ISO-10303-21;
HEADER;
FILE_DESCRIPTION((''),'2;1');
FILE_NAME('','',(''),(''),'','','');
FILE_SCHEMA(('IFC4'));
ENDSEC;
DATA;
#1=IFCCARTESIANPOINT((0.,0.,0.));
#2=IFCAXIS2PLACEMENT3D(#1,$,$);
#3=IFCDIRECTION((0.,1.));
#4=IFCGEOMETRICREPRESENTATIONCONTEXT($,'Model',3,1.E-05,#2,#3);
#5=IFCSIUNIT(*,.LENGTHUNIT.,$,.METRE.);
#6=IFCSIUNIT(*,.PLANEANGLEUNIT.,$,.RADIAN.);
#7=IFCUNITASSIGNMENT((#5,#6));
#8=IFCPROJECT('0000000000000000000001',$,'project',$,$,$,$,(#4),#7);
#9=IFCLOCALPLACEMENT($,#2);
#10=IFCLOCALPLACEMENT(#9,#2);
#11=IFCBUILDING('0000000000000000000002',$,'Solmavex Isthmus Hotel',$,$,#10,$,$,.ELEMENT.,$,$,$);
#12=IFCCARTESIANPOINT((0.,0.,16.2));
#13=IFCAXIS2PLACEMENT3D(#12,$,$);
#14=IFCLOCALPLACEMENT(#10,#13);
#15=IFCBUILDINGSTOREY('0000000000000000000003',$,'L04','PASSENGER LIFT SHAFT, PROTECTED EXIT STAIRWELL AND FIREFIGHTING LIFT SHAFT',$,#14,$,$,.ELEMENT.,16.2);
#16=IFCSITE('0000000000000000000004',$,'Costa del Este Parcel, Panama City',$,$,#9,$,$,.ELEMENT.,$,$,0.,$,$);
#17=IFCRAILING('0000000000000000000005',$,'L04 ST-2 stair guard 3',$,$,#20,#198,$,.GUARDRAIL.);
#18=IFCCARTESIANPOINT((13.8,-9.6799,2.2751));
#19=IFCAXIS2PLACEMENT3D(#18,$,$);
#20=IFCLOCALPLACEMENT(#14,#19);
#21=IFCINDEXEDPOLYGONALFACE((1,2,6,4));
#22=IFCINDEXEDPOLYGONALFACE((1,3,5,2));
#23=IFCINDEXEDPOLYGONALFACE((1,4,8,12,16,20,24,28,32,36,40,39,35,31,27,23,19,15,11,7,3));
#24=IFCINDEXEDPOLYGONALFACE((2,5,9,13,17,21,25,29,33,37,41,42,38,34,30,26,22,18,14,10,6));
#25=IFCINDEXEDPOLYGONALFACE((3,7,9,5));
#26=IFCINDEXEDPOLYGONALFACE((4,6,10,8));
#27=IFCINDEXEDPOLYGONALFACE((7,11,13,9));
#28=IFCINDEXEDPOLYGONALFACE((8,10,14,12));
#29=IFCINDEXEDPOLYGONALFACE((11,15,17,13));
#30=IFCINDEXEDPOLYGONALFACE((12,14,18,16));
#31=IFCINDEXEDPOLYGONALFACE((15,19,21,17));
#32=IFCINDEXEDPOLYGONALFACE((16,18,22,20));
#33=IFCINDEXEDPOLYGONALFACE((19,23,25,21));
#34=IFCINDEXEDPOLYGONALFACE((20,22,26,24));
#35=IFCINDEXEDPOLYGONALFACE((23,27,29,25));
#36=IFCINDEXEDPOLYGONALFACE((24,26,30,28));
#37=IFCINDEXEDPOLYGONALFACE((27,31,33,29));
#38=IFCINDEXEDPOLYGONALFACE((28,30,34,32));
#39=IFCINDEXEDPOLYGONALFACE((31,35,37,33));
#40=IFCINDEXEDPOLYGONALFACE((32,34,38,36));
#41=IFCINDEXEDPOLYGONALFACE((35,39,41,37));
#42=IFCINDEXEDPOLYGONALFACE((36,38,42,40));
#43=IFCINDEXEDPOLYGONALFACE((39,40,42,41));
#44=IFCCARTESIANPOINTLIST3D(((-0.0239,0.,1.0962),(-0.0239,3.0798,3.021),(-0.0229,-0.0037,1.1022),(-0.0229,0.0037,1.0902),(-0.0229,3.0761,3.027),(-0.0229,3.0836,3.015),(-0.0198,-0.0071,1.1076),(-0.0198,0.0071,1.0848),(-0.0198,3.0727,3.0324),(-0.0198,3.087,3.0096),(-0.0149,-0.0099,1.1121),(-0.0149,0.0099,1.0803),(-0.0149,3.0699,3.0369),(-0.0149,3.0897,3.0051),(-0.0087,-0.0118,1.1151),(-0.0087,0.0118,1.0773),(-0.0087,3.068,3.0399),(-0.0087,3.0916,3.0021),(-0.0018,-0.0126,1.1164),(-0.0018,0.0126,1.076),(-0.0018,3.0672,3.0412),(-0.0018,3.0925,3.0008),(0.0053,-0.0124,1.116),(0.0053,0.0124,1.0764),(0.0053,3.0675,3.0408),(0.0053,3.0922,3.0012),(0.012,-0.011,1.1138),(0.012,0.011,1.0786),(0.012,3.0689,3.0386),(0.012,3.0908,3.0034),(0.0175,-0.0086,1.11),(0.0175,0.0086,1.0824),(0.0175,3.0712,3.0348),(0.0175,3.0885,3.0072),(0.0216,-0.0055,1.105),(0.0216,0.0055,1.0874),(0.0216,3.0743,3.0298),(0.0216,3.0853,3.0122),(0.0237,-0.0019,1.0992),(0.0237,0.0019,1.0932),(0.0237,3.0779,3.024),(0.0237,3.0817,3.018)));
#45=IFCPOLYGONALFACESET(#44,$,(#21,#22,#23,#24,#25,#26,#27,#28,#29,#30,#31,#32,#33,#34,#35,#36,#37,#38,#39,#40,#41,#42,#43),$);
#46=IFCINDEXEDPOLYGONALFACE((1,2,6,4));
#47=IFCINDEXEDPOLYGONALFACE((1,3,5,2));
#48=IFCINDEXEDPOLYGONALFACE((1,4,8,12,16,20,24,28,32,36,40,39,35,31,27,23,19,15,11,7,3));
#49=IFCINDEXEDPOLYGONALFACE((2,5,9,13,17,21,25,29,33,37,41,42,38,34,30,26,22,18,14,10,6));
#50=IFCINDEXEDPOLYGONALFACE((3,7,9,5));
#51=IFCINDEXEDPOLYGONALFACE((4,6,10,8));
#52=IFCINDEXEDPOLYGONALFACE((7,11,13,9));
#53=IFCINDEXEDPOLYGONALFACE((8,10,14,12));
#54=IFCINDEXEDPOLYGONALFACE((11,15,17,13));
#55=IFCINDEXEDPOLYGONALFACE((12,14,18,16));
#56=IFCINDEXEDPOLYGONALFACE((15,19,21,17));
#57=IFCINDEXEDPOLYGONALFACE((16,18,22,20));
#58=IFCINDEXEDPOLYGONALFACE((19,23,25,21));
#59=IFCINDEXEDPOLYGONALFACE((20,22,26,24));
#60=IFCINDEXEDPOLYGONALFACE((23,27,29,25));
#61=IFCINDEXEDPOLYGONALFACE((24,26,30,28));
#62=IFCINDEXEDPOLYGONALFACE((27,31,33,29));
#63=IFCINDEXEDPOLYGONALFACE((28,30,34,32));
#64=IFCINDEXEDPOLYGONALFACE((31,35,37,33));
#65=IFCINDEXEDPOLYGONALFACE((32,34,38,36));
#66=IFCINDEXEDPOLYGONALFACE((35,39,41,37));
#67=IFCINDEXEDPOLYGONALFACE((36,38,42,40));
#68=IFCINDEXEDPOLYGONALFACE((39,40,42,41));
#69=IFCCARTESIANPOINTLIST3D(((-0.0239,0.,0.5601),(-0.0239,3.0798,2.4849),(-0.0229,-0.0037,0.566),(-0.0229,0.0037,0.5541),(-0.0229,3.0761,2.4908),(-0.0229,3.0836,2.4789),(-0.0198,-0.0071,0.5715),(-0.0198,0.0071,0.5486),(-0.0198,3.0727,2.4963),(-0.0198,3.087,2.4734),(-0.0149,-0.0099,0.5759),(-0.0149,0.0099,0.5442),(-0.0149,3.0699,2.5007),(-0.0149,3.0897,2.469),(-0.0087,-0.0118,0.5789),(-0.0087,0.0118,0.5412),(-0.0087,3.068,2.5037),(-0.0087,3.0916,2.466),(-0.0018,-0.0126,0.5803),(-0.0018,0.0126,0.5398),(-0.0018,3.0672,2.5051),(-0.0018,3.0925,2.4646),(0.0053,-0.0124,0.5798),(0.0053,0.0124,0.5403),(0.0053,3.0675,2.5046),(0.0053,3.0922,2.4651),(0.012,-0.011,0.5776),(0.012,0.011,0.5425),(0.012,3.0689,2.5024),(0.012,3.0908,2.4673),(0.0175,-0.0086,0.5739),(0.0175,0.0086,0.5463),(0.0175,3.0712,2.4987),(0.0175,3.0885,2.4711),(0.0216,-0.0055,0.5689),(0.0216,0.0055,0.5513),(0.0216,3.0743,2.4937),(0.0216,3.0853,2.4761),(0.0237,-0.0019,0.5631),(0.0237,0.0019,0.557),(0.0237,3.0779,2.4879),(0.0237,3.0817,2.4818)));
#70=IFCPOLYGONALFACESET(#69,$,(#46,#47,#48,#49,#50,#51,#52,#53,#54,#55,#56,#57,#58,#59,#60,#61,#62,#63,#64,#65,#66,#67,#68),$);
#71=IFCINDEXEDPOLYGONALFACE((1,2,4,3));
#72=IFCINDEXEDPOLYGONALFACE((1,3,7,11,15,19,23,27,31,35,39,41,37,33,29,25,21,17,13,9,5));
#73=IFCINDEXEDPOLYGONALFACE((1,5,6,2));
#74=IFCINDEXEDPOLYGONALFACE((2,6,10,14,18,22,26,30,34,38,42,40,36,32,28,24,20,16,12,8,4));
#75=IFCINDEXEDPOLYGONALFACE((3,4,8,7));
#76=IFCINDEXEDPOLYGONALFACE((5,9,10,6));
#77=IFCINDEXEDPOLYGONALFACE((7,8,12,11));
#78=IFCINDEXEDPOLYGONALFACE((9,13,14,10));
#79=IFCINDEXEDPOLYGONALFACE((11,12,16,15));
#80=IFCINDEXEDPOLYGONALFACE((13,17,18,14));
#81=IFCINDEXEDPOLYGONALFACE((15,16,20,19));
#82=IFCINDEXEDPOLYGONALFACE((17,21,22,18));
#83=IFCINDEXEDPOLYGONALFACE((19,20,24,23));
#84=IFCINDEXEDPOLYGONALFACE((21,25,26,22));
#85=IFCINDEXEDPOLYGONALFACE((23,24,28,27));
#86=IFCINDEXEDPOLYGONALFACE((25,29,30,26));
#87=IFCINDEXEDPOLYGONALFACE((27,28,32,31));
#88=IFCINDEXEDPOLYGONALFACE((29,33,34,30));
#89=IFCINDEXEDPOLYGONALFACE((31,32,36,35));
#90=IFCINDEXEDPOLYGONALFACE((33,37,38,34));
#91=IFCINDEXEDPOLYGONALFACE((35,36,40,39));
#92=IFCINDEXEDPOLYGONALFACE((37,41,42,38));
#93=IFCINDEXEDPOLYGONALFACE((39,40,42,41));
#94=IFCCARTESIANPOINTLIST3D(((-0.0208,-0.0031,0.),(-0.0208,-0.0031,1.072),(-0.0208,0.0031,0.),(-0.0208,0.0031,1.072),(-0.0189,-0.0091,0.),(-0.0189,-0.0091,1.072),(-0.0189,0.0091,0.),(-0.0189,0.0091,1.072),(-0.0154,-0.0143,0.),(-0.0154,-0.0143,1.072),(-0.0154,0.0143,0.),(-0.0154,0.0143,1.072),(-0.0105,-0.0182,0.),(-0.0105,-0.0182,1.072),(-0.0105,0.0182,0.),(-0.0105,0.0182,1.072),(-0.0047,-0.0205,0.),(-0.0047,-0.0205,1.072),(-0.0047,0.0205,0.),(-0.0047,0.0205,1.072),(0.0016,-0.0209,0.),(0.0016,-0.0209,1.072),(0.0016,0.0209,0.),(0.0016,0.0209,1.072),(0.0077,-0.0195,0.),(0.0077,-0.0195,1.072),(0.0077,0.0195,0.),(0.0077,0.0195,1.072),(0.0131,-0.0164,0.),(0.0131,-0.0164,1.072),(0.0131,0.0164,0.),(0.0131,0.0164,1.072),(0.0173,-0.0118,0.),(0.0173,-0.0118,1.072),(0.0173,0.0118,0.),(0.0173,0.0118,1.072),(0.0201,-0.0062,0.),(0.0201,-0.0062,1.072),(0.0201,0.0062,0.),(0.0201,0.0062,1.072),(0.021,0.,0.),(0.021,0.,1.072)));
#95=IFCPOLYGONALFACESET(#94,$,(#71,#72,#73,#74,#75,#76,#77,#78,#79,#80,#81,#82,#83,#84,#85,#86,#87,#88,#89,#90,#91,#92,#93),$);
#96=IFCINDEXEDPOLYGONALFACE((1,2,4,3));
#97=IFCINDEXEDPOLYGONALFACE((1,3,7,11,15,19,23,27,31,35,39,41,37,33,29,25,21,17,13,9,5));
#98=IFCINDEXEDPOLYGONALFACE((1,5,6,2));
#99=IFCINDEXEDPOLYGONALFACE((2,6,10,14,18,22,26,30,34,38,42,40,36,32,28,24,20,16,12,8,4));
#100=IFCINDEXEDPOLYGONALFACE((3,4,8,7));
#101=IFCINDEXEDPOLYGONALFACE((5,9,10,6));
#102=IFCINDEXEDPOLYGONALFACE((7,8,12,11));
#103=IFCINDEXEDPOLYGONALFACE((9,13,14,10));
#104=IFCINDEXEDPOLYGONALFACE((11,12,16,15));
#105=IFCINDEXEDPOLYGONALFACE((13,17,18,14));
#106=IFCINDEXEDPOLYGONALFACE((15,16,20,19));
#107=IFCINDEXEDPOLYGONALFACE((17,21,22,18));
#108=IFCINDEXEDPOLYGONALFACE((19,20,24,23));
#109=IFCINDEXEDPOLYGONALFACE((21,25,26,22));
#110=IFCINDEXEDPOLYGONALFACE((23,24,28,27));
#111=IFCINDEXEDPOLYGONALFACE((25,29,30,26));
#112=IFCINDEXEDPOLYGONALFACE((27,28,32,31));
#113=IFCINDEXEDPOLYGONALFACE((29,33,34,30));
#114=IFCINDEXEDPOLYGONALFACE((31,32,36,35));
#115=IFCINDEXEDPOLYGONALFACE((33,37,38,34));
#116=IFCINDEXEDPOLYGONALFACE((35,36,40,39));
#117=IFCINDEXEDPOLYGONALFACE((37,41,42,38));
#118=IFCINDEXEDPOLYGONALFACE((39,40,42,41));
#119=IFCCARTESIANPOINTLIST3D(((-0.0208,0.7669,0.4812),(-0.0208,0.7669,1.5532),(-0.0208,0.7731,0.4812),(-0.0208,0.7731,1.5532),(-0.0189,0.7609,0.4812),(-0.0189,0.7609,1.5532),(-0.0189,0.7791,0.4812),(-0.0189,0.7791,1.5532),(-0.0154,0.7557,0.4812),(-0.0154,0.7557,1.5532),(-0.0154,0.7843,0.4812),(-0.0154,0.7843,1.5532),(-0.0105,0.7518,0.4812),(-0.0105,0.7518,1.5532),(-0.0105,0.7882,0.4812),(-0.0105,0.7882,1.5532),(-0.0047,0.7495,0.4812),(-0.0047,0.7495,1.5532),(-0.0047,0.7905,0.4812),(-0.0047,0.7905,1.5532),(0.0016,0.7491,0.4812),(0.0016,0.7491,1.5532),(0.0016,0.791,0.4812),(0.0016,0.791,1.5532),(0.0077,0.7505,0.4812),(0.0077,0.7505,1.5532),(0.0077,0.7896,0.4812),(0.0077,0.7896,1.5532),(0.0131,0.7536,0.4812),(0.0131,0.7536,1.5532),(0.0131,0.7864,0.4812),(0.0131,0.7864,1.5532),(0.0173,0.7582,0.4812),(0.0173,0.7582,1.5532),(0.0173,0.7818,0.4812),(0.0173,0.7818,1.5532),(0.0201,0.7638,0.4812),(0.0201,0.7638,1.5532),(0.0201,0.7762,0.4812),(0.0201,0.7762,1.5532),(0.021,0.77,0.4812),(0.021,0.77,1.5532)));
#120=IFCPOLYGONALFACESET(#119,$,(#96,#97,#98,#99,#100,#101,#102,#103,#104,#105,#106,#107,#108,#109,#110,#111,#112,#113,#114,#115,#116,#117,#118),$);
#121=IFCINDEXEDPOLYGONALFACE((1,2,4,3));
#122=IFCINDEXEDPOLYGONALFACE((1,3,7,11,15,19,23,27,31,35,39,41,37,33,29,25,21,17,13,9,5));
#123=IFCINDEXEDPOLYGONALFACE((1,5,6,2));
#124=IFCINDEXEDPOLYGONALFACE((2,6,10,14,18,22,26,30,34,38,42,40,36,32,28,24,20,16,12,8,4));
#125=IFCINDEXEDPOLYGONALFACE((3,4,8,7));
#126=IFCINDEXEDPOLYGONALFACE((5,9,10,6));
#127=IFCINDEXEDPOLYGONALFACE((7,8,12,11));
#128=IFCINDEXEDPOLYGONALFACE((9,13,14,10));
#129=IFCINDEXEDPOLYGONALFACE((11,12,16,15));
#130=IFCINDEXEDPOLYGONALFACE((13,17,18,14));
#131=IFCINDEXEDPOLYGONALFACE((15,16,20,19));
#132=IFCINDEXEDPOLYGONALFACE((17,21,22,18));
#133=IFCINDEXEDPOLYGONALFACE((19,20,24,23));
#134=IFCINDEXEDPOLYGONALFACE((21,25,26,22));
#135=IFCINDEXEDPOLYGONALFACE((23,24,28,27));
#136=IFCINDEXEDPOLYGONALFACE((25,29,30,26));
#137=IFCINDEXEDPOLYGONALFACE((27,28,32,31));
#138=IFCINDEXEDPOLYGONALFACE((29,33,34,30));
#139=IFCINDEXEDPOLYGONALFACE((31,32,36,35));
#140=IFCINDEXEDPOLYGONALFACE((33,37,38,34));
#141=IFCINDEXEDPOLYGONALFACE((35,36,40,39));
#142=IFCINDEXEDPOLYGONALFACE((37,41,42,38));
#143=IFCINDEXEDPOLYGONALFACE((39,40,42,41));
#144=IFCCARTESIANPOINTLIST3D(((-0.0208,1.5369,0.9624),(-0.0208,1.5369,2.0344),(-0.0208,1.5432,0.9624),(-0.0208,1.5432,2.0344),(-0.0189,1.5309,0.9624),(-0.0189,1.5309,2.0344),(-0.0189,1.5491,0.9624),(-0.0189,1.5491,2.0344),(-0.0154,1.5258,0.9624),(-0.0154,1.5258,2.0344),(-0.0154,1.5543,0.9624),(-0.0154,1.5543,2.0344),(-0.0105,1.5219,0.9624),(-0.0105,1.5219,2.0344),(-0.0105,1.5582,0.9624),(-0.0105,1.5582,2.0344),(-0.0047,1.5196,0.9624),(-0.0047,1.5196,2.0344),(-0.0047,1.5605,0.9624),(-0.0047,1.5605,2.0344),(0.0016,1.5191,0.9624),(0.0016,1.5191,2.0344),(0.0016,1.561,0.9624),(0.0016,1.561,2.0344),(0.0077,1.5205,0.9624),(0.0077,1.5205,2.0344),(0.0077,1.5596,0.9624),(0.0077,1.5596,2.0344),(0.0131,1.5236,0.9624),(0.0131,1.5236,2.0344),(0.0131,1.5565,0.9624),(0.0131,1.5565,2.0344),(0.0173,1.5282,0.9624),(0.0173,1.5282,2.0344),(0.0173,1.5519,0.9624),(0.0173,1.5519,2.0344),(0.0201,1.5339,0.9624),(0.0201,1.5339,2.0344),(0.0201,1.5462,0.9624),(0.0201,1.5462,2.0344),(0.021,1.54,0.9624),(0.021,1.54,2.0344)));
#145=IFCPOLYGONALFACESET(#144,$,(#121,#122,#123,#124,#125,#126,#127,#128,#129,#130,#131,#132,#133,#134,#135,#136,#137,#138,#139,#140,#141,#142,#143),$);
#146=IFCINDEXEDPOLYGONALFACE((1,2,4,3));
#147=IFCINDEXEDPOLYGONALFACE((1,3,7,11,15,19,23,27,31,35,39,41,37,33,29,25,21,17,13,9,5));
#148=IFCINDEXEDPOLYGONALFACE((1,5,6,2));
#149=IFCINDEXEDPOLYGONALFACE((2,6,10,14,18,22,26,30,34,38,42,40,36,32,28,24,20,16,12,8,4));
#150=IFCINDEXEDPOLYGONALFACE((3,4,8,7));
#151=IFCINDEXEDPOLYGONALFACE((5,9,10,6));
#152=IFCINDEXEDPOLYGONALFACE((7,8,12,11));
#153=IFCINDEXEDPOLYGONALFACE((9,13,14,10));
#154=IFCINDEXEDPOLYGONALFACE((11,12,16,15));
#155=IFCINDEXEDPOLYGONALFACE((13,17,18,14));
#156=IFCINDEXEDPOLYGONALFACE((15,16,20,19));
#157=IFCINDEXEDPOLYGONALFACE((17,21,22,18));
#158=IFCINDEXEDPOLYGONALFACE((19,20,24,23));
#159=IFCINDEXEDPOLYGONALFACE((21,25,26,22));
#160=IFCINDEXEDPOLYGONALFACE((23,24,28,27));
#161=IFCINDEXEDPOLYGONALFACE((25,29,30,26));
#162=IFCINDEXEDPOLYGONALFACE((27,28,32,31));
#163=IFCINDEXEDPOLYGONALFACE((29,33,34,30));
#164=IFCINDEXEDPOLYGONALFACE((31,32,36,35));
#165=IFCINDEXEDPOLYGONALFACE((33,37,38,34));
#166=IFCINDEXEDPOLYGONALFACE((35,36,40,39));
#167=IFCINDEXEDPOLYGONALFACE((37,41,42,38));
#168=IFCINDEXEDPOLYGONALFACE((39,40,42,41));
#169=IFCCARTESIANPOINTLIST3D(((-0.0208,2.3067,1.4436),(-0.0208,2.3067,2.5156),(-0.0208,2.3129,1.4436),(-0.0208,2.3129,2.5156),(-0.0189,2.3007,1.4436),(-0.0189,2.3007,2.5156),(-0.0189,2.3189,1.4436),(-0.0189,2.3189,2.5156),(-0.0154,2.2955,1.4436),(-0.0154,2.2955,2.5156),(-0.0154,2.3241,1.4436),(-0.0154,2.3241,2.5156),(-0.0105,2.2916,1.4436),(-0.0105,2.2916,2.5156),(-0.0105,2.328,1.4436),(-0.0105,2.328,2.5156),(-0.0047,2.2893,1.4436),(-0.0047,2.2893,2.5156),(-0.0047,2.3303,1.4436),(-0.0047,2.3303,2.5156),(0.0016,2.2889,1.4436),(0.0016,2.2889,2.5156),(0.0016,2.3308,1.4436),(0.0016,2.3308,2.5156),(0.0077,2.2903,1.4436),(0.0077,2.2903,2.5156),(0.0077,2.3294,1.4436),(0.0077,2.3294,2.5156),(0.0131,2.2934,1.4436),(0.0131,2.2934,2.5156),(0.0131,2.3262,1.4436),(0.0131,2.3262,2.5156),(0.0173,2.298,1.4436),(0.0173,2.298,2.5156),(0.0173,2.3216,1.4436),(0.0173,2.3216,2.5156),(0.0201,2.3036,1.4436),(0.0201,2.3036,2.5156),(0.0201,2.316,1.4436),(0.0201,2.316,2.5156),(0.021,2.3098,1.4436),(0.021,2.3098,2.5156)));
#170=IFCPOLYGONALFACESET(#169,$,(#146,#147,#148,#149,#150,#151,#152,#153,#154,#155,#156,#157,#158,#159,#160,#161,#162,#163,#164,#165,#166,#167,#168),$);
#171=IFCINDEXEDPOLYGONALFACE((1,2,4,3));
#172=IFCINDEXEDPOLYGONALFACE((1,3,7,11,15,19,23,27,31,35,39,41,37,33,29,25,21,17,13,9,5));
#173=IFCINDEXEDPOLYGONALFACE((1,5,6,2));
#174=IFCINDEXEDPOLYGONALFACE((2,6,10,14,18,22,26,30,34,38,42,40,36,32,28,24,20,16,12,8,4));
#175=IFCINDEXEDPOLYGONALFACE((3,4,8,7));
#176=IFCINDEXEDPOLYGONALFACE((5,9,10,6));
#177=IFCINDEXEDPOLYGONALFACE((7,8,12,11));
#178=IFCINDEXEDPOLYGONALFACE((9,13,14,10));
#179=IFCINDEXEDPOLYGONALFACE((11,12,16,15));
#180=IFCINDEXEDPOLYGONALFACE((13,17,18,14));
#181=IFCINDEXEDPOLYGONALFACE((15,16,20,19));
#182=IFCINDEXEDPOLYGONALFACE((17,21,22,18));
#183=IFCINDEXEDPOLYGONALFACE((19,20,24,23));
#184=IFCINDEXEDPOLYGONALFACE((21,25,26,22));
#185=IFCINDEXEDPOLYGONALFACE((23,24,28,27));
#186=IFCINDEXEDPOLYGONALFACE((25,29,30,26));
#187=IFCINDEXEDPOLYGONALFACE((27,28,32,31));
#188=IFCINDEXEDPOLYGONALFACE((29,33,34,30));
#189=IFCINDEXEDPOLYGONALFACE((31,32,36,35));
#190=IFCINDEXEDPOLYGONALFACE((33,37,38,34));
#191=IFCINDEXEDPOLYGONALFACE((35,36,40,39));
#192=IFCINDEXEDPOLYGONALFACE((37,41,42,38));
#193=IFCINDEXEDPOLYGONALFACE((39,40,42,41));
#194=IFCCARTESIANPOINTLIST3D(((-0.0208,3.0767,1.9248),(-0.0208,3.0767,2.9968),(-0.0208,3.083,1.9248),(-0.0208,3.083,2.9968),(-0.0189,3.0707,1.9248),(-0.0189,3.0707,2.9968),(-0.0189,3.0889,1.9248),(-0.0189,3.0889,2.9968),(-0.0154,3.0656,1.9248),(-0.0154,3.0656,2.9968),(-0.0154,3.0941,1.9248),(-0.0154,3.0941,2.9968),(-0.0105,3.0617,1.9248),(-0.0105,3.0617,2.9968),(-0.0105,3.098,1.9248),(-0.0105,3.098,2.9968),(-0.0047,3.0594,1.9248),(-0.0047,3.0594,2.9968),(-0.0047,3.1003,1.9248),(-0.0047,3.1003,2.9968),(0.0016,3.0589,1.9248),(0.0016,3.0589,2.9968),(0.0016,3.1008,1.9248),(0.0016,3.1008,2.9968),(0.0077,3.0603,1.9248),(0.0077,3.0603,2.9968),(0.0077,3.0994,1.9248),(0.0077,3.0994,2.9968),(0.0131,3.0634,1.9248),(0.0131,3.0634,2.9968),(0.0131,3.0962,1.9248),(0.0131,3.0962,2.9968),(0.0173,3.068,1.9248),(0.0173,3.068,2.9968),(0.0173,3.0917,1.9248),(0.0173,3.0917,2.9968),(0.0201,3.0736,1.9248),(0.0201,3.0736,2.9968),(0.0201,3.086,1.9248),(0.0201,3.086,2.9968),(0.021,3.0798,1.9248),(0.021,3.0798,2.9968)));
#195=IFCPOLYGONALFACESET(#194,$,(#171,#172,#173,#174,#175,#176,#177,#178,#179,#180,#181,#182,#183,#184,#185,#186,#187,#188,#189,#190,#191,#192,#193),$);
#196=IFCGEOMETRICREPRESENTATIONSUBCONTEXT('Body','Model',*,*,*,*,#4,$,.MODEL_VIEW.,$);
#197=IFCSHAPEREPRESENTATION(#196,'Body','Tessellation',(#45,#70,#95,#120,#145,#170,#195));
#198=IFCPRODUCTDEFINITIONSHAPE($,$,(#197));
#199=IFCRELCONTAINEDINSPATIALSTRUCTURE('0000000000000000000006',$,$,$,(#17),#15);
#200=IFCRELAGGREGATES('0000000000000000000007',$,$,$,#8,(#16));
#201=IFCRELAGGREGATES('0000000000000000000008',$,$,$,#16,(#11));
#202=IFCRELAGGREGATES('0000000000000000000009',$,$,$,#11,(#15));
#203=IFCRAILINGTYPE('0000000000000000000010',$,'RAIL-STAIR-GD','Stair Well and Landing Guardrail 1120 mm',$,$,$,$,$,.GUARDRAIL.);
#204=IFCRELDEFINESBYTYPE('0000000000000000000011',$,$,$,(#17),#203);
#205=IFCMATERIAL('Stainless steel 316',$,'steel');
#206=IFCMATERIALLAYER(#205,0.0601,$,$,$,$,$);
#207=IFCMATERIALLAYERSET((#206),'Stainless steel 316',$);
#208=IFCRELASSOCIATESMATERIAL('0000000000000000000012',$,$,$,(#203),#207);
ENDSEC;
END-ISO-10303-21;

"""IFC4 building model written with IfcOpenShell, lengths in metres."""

from ifc_helpers import new_model, si_unit, direction, frame, origin, origin_2d, place, context, subcontext, project, spatial, circle, extrude, material, layer, layer_set, type_object, element, save


model = new_model("IFC4")

# Units and contexts
model_context = context("Model", 3, precision=1e-05, world=origin(), true_north=direction((0.0, 1.0)))
body_context = subcontext(model_context, "Body", "Model", "MODEL_VIEW")
ifc_project = project(units=[si_unit("LENGTHUNIT", "METRE"), si_unit("PLANEANGLEUNIT", "RADIAN")], contexts=[model_context])

# Site, building, storey
site_placement = place(None, origin())
site = spatial("IfcSite", under=ifc_project, at=site_placement, Name="Costa del Este Parcel, Panama City", CompositionType="ELEMENT", RefElevation=0.0)
building_placement = place(site_placement, origin())
building = spatial("IfcBuilding", under=site, at=building_placement, Name="Solmavex Isthmus Hotel", CompositionType="ELEMENT")
storey_placement = place(building_placement, frame((0.0, 0.0, 16.2)))
storey = spatial("IfcBuildingStorey", under=building, at=storey_placement, Name="L04", Description="PASSENGER LIFT SHAFT, PROTECTED EXIT STAIRWELL AND FIREFIGHTING LIFT SHAFT", CompositionType="ELEMENT", Elevation=16.2)

# Railing
ifc_material_1 = material(Name="Stainless steel 316", Category="steel")
ifc_layer_1 = layer(ifc_material_1, 0.0601)
ifc_layer_set_1 = layer_set([ifc_layer_1], Name="Stainless steel 316")
railing_type_1 = type_object("IfcRailingType", Name="RAIL-STAIR-GD", Description="Stair Well and Landing Guardrail 1120 mm", PredefinedType="GUARDRAIL", material=ifc_layer_set_1)
railing_1_placement = place(storey_placement, frame((13.8, -9.6799, 2.2751)))
element("IfcRailing", 1, at=railing_1_placement, inside=storey, type_object=railing_type_1, Name="L04 ST-2 stair guard 3", PredefinedType="GUARDRAIL", context=body_context, shape_type="SweptSolid", body=[
    extrude(circle(Radius=0.0239, at=origin_2d()), frame((0.0, 0.0, 1.0962), z_axis=(0.0, 0.84801, 0.529981), x_axis=(-1.0, 0.0, 0.0)), (0.0, 0.0, 1.0), 3.6318),
    extrude(circle(Radius=0.0239, at=origin_2d()), frame((0.0, 0.0, 0.5601), z_axis=(0.0, 0.84801, 0.529981), x_axis=(-1.0, 0.0, 0.0)), (0.0, 0.0, 1.0), 3.6318),
    extrude(circle(Radius=0.021, at=origin_2d()), origin(), (0.0, 0.0, 1.0), 1.072),
    extrude(circle(Radius=0.021, at=origin_2d()), frame((0.0, 0.77, 0.4812)), (0.0, 0.0, 1.0), 1.072),
    extrude(circle(Radius=0.021, at=origin_2d()), frame((0.0, 1.54, 0.9624)), (0.0, 0.0, 1.0), 1.072),
    extrude(circle(Radius=0.021, at=origin_2d()), frame((0.0, 2.3098, 1.4436)), (0.0, 0.0, 1.0), 1.072),
    extrude(circle(Radius=0.021, at=origin_2d()), frame((0.0, 3.0798, 1.9248)), (0.0, 0.0, 1.0), 1.072),
])

save(model, "model.ifc")
